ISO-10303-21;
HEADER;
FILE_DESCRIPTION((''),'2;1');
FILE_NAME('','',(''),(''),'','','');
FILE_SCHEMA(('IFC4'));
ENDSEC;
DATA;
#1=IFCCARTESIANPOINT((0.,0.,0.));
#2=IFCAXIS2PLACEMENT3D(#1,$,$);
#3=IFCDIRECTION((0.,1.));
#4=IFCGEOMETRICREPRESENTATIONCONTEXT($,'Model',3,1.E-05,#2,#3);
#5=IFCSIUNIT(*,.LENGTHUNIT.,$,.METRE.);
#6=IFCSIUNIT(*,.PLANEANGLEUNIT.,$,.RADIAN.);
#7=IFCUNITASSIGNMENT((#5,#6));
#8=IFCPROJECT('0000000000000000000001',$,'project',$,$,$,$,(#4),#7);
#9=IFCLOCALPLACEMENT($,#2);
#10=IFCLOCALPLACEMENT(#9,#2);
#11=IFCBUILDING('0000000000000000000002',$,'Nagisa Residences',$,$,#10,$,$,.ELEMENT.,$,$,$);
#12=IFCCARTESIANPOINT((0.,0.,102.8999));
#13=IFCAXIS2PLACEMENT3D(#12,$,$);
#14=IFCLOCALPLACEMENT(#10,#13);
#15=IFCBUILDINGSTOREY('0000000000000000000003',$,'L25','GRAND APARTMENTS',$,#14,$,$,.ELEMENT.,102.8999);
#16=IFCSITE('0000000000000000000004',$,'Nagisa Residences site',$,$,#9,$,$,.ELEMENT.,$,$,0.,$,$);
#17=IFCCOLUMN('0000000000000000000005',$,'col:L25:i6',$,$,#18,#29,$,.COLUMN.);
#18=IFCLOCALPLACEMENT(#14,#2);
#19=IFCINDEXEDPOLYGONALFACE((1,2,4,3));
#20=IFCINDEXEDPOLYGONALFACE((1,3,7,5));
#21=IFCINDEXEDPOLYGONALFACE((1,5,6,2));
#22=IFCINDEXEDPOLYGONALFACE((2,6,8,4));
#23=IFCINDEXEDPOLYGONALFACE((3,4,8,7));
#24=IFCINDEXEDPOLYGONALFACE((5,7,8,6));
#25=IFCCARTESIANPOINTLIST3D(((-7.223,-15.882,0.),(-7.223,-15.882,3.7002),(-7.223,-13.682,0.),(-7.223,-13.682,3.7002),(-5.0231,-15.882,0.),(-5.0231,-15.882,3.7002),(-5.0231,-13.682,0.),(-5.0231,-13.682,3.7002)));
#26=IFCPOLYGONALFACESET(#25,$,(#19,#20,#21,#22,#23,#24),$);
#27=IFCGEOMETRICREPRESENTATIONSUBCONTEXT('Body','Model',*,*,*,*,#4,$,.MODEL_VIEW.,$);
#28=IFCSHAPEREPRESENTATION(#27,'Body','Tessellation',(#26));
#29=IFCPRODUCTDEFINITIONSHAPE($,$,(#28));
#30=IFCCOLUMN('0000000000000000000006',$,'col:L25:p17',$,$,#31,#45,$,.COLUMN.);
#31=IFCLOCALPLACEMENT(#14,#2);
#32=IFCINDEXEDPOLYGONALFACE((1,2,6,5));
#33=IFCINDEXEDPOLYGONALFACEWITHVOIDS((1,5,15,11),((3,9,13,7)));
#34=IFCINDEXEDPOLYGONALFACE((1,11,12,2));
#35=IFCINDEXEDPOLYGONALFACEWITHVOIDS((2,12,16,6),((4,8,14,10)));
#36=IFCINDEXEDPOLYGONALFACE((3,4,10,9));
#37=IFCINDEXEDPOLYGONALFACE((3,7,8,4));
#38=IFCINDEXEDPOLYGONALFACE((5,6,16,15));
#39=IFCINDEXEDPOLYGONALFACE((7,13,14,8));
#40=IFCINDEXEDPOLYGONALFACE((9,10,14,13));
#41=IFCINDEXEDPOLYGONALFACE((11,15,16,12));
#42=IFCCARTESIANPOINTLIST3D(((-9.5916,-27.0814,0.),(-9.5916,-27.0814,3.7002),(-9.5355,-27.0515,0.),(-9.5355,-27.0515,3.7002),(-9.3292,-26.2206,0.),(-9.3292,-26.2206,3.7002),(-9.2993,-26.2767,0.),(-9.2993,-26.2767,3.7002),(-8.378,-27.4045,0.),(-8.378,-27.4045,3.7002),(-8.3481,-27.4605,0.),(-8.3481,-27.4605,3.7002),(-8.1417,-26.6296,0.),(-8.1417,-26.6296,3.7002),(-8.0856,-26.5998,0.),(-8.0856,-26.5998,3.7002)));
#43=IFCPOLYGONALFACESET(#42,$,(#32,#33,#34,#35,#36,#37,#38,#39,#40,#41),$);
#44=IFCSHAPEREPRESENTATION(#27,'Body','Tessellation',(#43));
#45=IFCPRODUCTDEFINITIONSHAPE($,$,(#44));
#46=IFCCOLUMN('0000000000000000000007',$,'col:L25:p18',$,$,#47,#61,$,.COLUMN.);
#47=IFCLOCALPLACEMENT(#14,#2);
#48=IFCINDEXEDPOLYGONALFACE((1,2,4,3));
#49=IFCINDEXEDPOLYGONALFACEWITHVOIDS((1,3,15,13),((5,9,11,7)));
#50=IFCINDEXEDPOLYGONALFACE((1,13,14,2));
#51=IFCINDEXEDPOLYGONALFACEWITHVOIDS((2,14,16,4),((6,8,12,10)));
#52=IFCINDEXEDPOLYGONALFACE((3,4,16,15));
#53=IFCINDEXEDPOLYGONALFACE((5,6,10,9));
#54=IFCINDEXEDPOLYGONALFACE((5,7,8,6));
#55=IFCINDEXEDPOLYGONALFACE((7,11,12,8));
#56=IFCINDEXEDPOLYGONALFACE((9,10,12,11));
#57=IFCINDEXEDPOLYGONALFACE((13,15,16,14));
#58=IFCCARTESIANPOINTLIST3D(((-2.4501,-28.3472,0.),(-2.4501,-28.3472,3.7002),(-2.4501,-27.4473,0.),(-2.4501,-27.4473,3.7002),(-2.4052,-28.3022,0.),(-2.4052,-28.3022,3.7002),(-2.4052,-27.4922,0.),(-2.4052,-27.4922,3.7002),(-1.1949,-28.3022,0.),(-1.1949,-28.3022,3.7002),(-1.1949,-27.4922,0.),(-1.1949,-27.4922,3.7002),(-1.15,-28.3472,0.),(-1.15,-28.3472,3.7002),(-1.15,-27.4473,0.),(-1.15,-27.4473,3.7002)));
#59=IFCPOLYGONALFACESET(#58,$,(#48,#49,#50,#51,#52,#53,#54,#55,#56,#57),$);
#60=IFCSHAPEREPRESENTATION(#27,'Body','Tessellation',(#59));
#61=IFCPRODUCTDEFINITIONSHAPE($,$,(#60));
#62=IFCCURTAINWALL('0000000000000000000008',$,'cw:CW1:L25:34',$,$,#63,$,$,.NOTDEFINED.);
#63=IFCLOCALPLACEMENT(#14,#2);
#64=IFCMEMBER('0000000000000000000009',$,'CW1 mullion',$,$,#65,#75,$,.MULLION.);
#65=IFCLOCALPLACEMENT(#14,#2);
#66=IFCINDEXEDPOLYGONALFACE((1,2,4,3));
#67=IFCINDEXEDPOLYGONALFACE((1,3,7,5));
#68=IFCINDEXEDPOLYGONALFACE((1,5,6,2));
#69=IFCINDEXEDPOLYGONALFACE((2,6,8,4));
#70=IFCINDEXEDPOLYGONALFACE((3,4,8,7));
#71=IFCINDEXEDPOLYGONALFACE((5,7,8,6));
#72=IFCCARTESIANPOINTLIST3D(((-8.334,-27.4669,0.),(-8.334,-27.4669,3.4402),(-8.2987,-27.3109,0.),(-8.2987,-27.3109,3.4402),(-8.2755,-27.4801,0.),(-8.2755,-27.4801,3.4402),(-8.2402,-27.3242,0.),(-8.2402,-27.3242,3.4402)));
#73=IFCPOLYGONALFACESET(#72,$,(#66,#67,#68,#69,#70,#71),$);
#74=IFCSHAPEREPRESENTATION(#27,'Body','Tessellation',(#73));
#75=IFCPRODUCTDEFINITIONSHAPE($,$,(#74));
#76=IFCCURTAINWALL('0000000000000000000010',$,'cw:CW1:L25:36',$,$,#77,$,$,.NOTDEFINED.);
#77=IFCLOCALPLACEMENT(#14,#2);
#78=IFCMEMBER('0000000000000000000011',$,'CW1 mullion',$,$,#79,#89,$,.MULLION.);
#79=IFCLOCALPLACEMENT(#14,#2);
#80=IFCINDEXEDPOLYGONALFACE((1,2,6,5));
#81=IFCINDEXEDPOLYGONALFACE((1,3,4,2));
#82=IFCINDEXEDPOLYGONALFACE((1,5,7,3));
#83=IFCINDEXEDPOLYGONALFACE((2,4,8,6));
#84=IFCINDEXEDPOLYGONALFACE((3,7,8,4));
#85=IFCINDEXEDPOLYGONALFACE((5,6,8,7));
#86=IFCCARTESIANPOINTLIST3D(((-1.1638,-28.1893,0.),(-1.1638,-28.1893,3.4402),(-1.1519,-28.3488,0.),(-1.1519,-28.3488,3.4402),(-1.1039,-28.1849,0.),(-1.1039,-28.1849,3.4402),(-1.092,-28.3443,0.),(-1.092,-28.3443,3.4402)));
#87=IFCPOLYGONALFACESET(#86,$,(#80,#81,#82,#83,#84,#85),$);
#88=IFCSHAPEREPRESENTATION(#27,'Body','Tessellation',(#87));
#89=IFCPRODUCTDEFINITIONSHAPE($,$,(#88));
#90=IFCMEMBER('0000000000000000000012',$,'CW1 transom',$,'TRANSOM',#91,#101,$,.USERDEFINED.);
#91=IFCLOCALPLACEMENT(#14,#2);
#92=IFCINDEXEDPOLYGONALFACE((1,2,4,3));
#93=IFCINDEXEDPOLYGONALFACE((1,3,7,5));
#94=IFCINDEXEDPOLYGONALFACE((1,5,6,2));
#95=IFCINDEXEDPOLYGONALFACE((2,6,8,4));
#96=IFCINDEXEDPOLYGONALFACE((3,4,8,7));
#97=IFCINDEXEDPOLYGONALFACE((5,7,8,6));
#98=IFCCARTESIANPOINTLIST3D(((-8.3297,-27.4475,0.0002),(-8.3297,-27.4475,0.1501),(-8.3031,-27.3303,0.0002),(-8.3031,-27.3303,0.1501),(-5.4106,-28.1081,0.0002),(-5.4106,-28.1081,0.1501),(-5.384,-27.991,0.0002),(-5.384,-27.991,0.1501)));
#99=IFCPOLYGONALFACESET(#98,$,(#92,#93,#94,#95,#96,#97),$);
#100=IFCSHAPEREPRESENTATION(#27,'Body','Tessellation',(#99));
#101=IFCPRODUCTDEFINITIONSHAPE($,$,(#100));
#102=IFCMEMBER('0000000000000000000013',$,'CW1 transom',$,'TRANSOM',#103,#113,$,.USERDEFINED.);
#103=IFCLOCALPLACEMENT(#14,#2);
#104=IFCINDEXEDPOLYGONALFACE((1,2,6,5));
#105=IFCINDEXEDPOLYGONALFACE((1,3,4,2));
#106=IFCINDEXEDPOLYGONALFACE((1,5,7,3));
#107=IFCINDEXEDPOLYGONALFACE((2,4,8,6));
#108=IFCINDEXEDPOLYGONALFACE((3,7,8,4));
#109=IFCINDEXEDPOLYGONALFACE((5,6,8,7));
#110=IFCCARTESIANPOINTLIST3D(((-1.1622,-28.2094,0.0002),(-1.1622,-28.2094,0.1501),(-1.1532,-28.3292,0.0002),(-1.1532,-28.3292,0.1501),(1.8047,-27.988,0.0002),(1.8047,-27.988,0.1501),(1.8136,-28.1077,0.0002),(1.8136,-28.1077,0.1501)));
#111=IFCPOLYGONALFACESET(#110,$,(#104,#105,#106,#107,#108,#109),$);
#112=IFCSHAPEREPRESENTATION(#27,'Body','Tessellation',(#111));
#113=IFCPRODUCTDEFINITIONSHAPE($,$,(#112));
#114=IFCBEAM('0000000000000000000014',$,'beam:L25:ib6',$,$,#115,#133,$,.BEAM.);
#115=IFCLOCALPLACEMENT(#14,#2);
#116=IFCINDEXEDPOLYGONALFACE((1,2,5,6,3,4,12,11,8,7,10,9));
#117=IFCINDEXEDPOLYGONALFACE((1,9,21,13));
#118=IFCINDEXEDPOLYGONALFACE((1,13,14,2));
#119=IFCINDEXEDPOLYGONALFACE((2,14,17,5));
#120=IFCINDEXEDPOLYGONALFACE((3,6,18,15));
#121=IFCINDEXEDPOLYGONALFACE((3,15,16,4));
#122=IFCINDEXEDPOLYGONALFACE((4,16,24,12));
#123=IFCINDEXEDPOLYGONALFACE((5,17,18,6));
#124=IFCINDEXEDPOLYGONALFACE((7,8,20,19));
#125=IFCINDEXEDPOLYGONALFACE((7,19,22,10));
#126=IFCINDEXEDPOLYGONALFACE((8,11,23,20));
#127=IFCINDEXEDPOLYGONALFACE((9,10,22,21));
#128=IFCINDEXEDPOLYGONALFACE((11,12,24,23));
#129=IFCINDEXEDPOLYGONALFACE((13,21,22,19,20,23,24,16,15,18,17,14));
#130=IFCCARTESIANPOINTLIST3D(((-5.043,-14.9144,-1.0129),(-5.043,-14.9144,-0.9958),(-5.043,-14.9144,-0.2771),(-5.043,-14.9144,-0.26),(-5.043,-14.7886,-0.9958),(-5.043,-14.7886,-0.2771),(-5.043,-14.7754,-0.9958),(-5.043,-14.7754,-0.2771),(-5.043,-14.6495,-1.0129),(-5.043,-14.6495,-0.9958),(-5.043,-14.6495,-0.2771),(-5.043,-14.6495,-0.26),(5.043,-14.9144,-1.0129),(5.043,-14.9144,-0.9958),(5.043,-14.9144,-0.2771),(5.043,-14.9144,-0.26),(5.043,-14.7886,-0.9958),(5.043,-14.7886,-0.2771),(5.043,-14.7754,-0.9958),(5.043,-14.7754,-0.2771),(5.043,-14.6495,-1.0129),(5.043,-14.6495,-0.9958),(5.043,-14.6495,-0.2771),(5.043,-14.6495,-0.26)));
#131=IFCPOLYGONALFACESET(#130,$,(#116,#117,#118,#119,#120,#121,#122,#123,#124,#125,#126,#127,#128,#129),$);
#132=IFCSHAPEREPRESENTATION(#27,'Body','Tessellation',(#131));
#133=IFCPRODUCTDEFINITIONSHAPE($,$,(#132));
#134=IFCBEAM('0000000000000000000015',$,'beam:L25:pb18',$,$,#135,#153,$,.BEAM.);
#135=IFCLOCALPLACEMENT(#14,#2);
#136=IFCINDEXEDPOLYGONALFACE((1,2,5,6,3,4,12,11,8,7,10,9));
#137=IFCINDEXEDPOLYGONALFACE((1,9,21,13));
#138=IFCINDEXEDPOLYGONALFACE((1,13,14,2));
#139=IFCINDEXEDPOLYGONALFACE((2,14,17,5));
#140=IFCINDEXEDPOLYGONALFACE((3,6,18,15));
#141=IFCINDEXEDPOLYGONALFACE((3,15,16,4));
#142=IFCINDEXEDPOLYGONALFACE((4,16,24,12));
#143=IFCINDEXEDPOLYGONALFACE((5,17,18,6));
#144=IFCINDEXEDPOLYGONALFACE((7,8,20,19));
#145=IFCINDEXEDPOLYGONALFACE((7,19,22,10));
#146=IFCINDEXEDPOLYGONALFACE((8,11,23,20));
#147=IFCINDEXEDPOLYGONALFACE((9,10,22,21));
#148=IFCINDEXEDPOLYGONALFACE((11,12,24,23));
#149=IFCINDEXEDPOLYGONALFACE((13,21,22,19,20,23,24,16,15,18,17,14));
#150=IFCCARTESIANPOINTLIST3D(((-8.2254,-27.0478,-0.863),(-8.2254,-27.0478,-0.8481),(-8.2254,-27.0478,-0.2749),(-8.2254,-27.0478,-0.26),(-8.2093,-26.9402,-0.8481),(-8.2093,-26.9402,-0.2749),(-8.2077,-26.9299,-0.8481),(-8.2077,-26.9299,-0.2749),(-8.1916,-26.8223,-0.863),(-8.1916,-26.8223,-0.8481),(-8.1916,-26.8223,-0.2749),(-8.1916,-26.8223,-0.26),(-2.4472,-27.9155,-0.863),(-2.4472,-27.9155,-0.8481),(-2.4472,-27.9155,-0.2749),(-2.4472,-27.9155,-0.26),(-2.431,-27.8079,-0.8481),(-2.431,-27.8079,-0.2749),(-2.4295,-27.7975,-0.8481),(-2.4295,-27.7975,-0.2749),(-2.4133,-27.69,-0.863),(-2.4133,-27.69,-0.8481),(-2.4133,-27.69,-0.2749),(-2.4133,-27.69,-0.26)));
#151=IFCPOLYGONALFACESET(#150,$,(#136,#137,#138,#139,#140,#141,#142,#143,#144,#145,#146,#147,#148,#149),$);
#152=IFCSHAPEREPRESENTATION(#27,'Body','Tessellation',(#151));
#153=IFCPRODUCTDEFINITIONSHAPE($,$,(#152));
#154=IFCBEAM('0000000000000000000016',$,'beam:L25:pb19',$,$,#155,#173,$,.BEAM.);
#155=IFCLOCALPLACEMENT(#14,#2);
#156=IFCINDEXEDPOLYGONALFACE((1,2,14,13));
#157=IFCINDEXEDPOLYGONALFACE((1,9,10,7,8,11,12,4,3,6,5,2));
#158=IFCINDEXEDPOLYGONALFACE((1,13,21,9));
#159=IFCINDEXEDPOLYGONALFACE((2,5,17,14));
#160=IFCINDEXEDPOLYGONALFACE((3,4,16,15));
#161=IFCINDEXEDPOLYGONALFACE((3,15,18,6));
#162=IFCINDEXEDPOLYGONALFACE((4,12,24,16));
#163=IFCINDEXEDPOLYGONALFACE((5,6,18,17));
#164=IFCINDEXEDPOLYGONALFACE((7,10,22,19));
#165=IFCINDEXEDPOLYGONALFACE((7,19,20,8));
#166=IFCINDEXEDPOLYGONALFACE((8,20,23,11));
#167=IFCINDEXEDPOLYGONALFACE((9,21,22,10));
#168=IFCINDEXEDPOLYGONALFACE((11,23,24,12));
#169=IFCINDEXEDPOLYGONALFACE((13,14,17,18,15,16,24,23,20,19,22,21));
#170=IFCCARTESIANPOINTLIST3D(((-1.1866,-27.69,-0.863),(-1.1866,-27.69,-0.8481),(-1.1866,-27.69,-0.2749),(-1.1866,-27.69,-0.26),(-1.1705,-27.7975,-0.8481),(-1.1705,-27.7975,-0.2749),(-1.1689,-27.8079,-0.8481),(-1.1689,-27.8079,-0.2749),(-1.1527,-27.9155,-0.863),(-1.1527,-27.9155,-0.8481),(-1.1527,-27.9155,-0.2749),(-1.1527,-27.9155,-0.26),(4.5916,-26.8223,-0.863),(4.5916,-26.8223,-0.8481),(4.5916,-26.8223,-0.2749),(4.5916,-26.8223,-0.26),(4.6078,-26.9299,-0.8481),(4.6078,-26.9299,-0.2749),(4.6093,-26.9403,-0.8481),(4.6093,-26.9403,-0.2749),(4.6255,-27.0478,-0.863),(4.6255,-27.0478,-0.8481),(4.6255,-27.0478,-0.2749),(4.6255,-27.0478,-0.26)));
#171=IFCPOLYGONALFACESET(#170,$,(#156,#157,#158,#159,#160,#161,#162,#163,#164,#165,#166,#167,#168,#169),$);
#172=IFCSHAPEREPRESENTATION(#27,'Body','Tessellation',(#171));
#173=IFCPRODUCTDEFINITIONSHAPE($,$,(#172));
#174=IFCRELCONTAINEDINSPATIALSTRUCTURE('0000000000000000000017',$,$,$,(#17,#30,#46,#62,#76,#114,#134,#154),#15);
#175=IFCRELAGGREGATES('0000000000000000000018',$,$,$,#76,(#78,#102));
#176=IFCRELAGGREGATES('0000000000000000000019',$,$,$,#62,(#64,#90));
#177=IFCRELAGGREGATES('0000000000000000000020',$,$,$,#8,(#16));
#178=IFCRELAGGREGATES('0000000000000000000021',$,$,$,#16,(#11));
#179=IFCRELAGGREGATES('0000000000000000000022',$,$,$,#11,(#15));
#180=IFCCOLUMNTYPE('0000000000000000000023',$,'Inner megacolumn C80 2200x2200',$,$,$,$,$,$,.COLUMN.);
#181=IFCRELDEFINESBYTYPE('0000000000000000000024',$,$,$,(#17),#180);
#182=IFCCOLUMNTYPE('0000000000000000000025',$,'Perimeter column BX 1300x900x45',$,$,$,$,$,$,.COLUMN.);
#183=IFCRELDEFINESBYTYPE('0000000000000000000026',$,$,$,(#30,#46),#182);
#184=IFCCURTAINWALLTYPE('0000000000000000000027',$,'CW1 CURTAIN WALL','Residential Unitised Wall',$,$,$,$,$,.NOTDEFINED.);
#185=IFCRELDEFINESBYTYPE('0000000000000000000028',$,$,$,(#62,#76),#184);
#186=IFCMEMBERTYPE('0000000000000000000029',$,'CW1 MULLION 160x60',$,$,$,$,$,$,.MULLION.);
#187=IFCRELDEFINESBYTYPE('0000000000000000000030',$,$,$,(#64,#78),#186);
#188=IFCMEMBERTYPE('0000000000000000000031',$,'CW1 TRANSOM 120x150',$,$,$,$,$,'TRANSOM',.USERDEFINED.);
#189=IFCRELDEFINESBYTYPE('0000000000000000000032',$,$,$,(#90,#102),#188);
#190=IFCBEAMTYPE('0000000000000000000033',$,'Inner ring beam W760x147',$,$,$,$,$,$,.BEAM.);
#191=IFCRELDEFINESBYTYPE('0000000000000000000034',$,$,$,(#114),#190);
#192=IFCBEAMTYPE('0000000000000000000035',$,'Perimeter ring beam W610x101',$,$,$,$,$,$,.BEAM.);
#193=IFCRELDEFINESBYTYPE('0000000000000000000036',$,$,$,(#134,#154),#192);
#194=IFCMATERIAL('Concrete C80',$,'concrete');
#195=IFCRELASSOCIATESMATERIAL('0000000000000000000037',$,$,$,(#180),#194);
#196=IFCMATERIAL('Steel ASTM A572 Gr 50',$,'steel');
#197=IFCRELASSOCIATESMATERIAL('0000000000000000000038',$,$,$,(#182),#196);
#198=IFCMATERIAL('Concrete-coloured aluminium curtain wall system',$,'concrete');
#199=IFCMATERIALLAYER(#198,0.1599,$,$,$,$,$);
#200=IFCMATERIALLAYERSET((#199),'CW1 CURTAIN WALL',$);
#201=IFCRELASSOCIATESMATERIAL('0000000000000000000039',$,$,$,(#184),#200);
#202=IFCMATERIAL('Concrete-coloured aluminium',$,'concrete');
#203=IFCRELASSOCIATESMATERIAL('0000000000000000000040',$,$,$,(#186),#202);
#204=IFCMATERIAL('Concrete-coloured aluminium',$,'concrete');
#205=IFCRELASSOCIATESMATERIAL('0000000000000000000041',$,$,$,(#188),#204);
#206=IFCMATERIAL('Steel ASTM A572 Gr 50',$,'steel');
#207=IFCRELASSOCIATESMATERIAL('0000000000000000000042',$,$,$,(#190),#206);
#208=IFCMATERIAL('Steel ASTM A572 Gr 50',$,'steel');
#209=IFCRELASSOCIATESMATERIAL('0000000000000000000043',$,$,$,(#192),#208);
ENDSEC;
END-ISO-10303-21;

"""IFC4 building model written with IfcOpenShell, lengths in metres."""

from ifc_helpers import new_model, si_unit, direction, frame, origin, origin_2d, place, context, subcontext, project, spatial, rectangle, hollow_rectangle, i_section, extrude, material, layer, layer_set, material_profile, profile_set, type_object, element, aggregate, save


model = new_model("IFC4")

# Units and contexts
model_context = context("Model", 3, precision=1e-05, world=origin(), true_north=direction((0.0, 1.0)))
body_context = subcontext(model_context, "Body", "Model", "MODEL_VIEW")
ifc_project = project(units=[si_unit("LENGTHUNIT", "METRE"), si_unit("PLANEANGLEUNIT", "RADIAN")], contexts=[model_context])

# Site, building, storey
site_placement = place(None, origin())
site = spatial("IfcSite", under=ifc_project, at=site_placement, Name="Nagisa Residences site", CompositionType="ELEMENT", RefElevation=0.0)
building_placement = place(site_placement, origin())
building = spatial("IfcBuilding", under=site, at=building_placement, Name="Nagisa Residences", CompositionType="ELEMENT")
storey_placement = place(building_placement, frame((0.0, 0.0, 102.8999)))
storey = spatial("IfcBuildingStorey", under=building, at=storey_placement, Name="L25", Description="GRAND APARTMENTS", CompositionType="ELEMENT", Elevation=102.8999)

# Columns
ifc_material_1 = material(Name="Concrete C80", Category="concrete")
ifc_material_profile_1 = material_profile(ifc_material_1, rectangle(XDim=2.2, YDim=2.2, at=origin_2d()), Name="C80 2200x2200")
ifc_profile_set_1 = profile_set([ifc_material_profile_1], Name="Concrete C80")
column_type_1 = type_object("IfcColumnType", Name="Inner megacolumn C80 2200x2200", PredefinedType="COLUMN", material=ifc_profile_set_1)
column_placement = place(storey_placement, frame((-6.123, -14.782, 0.0), z_axis=(0.0, 0.0, 1.0), x_axis=(1.0, 0.0, 0.0)))
element("IfcColumn", 1, at=column_placement, inside=storey, type_object=column_type_1, Name="col:L25:i6", PredefinedType="COLUMN", context=body_context, shape_type="SweptSolid", body=[
    extrude(rectangle(XDim=2.2, YDim=2.2, at=origin_2d()), origin(), (0.0, 0.0, 1.0), 3.7002),
])
ifc_material_2 = material(Name="Steel ASTM A572 Gr 50", Category="steel")
ifc_material_profile_2 = material_profile(ifc_material_2, hollow_rectangle(XDim=1.3, YDim=0.8999, WallThickness=0.0449, at=origin_2d()), Name="BX 1300x900x45")
ifc_profile_set_2 = profile_set([ifc_material_profile_2], Name="Steel ASTM A572 Gr 50")
column_type_2 = type_object("IfcColumnType", Name="Perimeter column BX 1300x900x45", PredefinedType="COLUMN", material=ifc_profile_set_2)
for number, where, z_axis, x_axis, name in (
    (2, (-8.8386, -26.8406, 0.0), (0.0, 0.0, 1.0), (0.956525, -0.291652, 0.0), "col:L25:p17"),
    (3, (-1.8, -27.8972, 0.0), (0.0, 0.0, 1.0), (1.0, 0.0, 0.0), "col:L25:p18"),
):
    element("IfcColumn", number, at=place(storey_placement, frame(where, z_axis=z_axis, x_axis=x_axis)), inside=storey, type_object=column_type_2, Name=name, PredefinedType="COLUMN", context=body_context, shape_type="SweptSolid", body=[
        extrude(hollow_rectangle(XDim=1.3, YDim=0.8999, WallThickness=0.0449, at=origin_2d()), origin(), (0.0, 0.0, 1.0), 3.7002),
    ])

# Curtain walls, members
ifc_material_3 = material(Name="Concrete-coloured aluminium curtain wall system", Category="concrete")
ifc_layer_1 = layer(ifc_material_3, 0.1599)
ifc_layer_set_1 = layer_set([ifc_layer_1], Name="CW1 CURTAIN WALL")
curtain_wall_type = type_object("IfcCurtainWallType", Name="CW1 CURTAIN WALL", Description="Residential Unitised Wall", PredefinedType="NOTDEFINED", material=ifc_layer_set_1)
curtain_wall_1_placement = place(storey_placement, origin())
curtain_wall_1 = element("IfcCurtainWall", 4, at=curtain_wall_1_placement, inside=storey, type_object=curtain_wall_type, Name="cw:CW1:L25:34", PredefinedType="NOTDEFINED")
ifc_material_4 = material(Name="Concrete-coloured aluminium", Category="concrete")
ifc_material_profile_3 = material_profile(ifc_material_4, rectangle(XDim=0.1599, YDim=0.0601, at=origin_2d()), Name="CW1 MULLION 160x60")
ifc_profile_set_3 = profile_set([ifc_material_profile_3], Name="Concrete-coloured aluminium")
member_type_1 = type_object("IfcMemberType", Name="CW1 MULLION 160x60", PredefinedType="MULLION", material=ifc_profile_set_3)
member_1_placement = place(storey_placement, frame((-8.2871, -27.3955, 0.0), z_axis=(0.0, 0.0, 1.0), x_axis=(0.220764, 0.975327, 0.0)))
member_1 = element("IfcMember", 5, at=member_1_placement, type_object=member_type_1, Name="CW1 mullion", PredefinedType="MULLION", context=body_context, shape_type="SweptSolid", body=[
    extrude(rectangle(XDim=0.1599, YDim=0.0601, at=origin_2d()), origin(), (0.0, 0.0, 1.0), 3.4402),
])
curtain_wall_2_placement = place(storey_placement, origin())
curtain_wall_2 = element("IfcCurtainWall", 6, at=curtain_wall_2_placement, inside=storey, type_object=curtain_wall_type, Name="cw:CW1:L25:36", PredefinedType="NOTDEFINED")
member_2_placement = place(storey_placement, frame((-1.1279, -28.2668, 0.0), z_axis=(0.0, 0.0, 1.0), x_axis=(-0.074377, 0.99723, 0.0)))
member_2 = element("IfcMember", 7, at=member_2_placement, type_object=member_type_1, Name="CW1 mullion", PredefinedType="MULLION", context=body_context, shape_type="SweptSolid", body=[
    extrude(rectangle(XDim=0.1599, YDim=0.0601, at=origin_2d()), origin(), (0.0, 0.0, 1.0), 3.4402),
])

# Members
ifc_material_5 = material(Name="Concrete-coloured aluminium", Category="concrete")
ifc_material_profile_4 = material_profile(ifc_material_5, rectangle(XDim=0.1201, YDim=0.1499, at=origin_2d()), Name="CW1 TRANSOM 120x150")
ifc_profile_set_4 = profile_set([ifc_material_profile_4], Name="Concrete-coloured aluminium")
member_type_2 = type_object("IfcMemberType", Name="CW1 TRANSOM 120x150", ElementType="TRANSOM", PredefinedType="USERDEFINED", material=ifc_profile_set_4)
member_3_placement = place(storey_placement, frame((-8.3164, -27.3889, 0.0752), z_axis=(0.975335, -0.220729, 0.0), x_axis=(0.220729, 0.975335, 0.0)))
member_3 = element("IfcMember", 8, at=member_3_placement, type_object=member_type_2, Name="CW1 transom", ObjectType="TRANSOM", PredefinedType="USERDEFINED", context=body_context, shape_type="SweptSolid", body=[
    extrude(rectangle(XDim=0.1201, YDim=0.1499, at=origin_2d()), origin(), (0.0, 0.0, 1.0), 2.9929),
])
member_4_placement = place(storey_placement, frame((-1.1577, -28.2693, 0.0752), z_axis=(0.997226, 0.074431, 0.0), x_axis=(-0.074431, 0.997226, 0.0)))
member_4 = element("IfcMember", 9, at=member_4_placement, type_object=member_type_2, Name="CW1 transom", ObjectType="TRANSOM", PredefinedType="USERDEFINED", context=body_context, shape_type="SweptSolid", body=[
    extrude(rectangle(XDim=0.1201, YDim=0.1499, at=origin_2d()), origin(), (0.0, 0.0, 1.0), 2.9751),
])
aggregate(curtain_wall_2, [member_2, member_4])

# Beams
ifc_material_6 = material(Name="Steel ASTM A572 Gr 50", Category="steel")
ifc_material_profile_5 = material_profile(ifc_material_6, i_section(OverallWidth=0.2649, OverallDepth=0.7529, WebThickness=0.0132, FlangeThickness=0.0171, at=origin_2d()), Name="W760x147")
ifc_profile_set_5 = profile_set([ifc_material_profile_5], Name="Steel ASTM A572 Gr 50")
beam_type_1 = type_object("IfcBeamType", Name="Inner ring beam W760x147", PredefinedType="BEAM", material=ifc_profile_set_5)
beam_1_placement = place(storey_placement, frame((-5.043, -14.782, -0.6365), z_axis=(1.0, 0.0, 0.0), x_axis=(0.0, 1.0, 0.0)))
element("IfcBeam", 10, at=beam_1_placement, inside=storey, type_object=beam_type_1, Name="beam:L25:ib6", PredefinedType="BEAM", context=body_context, shape_type="SweptSolid", body=[
    extrude(i_section(OverallWidth=0.2649, OverallDepth=0.7529, WebThickness=0.0132, FlangeThickness=0.0171, at=origin_2d()), origin(), (0.0, 0.0, 1.0), 10.0859),
])
ifc_material_7 = material(Name="Steel ASTM A572 Gr 50", Category="steel")
ifc_material_profile_6 = material_profile(ifc_material_7, i_section(OverallWidth=0.228, OverallDepth=0.603, WebThickness=0.0105, FlangeThickness=0.0149, at=origin_2d()), Name="W610x101")
ifc_profile_set_6 = profile_set([ifc_material_profile_6], Name="Steel ASTM A572 Gr 50")
beam_type_2 = type_object("IfcBeamType", Name="Perimeter ring beam W610x101", PredefinedType="BEAM", material=ifc_profile_set_6)
for number, where, z_axis, x_axis, name in (
    (11, (-8.2085, -26.9351, -0.5615), (0.988913, -0.148496, 0.0), (0.148496, 0.988913, 0.0), "beam:L25:pb18"),
    (12, (-1.1697, -27.8027, -0.5615), (0.988913, 0.148496, 0.0), (-0.148496, 0.988913, 0.0), "beam:L25:pb19"),
):
    element("IfcBeam", number, at=place(storey_placement, frame(where, z_axis=z_axis, x_axis=x_axis)), inside=storey, type_object=beam_type_2, Name=name, PredefinedType="BEAM", context=body_context, shape_type="SweptSolid", body=[
        extrude(i_section(OverallWidth=0.228, OverallDepth=0.603, WebThickness=0.0105, FlangeThickness=0.0149, at=origin_2d()), origin(), (0.0, 0.0, 1.0), 5.843),
    ])

aggregate(curtain_wall_1, [member_1, member_3])

save(model, "model.ifc")
